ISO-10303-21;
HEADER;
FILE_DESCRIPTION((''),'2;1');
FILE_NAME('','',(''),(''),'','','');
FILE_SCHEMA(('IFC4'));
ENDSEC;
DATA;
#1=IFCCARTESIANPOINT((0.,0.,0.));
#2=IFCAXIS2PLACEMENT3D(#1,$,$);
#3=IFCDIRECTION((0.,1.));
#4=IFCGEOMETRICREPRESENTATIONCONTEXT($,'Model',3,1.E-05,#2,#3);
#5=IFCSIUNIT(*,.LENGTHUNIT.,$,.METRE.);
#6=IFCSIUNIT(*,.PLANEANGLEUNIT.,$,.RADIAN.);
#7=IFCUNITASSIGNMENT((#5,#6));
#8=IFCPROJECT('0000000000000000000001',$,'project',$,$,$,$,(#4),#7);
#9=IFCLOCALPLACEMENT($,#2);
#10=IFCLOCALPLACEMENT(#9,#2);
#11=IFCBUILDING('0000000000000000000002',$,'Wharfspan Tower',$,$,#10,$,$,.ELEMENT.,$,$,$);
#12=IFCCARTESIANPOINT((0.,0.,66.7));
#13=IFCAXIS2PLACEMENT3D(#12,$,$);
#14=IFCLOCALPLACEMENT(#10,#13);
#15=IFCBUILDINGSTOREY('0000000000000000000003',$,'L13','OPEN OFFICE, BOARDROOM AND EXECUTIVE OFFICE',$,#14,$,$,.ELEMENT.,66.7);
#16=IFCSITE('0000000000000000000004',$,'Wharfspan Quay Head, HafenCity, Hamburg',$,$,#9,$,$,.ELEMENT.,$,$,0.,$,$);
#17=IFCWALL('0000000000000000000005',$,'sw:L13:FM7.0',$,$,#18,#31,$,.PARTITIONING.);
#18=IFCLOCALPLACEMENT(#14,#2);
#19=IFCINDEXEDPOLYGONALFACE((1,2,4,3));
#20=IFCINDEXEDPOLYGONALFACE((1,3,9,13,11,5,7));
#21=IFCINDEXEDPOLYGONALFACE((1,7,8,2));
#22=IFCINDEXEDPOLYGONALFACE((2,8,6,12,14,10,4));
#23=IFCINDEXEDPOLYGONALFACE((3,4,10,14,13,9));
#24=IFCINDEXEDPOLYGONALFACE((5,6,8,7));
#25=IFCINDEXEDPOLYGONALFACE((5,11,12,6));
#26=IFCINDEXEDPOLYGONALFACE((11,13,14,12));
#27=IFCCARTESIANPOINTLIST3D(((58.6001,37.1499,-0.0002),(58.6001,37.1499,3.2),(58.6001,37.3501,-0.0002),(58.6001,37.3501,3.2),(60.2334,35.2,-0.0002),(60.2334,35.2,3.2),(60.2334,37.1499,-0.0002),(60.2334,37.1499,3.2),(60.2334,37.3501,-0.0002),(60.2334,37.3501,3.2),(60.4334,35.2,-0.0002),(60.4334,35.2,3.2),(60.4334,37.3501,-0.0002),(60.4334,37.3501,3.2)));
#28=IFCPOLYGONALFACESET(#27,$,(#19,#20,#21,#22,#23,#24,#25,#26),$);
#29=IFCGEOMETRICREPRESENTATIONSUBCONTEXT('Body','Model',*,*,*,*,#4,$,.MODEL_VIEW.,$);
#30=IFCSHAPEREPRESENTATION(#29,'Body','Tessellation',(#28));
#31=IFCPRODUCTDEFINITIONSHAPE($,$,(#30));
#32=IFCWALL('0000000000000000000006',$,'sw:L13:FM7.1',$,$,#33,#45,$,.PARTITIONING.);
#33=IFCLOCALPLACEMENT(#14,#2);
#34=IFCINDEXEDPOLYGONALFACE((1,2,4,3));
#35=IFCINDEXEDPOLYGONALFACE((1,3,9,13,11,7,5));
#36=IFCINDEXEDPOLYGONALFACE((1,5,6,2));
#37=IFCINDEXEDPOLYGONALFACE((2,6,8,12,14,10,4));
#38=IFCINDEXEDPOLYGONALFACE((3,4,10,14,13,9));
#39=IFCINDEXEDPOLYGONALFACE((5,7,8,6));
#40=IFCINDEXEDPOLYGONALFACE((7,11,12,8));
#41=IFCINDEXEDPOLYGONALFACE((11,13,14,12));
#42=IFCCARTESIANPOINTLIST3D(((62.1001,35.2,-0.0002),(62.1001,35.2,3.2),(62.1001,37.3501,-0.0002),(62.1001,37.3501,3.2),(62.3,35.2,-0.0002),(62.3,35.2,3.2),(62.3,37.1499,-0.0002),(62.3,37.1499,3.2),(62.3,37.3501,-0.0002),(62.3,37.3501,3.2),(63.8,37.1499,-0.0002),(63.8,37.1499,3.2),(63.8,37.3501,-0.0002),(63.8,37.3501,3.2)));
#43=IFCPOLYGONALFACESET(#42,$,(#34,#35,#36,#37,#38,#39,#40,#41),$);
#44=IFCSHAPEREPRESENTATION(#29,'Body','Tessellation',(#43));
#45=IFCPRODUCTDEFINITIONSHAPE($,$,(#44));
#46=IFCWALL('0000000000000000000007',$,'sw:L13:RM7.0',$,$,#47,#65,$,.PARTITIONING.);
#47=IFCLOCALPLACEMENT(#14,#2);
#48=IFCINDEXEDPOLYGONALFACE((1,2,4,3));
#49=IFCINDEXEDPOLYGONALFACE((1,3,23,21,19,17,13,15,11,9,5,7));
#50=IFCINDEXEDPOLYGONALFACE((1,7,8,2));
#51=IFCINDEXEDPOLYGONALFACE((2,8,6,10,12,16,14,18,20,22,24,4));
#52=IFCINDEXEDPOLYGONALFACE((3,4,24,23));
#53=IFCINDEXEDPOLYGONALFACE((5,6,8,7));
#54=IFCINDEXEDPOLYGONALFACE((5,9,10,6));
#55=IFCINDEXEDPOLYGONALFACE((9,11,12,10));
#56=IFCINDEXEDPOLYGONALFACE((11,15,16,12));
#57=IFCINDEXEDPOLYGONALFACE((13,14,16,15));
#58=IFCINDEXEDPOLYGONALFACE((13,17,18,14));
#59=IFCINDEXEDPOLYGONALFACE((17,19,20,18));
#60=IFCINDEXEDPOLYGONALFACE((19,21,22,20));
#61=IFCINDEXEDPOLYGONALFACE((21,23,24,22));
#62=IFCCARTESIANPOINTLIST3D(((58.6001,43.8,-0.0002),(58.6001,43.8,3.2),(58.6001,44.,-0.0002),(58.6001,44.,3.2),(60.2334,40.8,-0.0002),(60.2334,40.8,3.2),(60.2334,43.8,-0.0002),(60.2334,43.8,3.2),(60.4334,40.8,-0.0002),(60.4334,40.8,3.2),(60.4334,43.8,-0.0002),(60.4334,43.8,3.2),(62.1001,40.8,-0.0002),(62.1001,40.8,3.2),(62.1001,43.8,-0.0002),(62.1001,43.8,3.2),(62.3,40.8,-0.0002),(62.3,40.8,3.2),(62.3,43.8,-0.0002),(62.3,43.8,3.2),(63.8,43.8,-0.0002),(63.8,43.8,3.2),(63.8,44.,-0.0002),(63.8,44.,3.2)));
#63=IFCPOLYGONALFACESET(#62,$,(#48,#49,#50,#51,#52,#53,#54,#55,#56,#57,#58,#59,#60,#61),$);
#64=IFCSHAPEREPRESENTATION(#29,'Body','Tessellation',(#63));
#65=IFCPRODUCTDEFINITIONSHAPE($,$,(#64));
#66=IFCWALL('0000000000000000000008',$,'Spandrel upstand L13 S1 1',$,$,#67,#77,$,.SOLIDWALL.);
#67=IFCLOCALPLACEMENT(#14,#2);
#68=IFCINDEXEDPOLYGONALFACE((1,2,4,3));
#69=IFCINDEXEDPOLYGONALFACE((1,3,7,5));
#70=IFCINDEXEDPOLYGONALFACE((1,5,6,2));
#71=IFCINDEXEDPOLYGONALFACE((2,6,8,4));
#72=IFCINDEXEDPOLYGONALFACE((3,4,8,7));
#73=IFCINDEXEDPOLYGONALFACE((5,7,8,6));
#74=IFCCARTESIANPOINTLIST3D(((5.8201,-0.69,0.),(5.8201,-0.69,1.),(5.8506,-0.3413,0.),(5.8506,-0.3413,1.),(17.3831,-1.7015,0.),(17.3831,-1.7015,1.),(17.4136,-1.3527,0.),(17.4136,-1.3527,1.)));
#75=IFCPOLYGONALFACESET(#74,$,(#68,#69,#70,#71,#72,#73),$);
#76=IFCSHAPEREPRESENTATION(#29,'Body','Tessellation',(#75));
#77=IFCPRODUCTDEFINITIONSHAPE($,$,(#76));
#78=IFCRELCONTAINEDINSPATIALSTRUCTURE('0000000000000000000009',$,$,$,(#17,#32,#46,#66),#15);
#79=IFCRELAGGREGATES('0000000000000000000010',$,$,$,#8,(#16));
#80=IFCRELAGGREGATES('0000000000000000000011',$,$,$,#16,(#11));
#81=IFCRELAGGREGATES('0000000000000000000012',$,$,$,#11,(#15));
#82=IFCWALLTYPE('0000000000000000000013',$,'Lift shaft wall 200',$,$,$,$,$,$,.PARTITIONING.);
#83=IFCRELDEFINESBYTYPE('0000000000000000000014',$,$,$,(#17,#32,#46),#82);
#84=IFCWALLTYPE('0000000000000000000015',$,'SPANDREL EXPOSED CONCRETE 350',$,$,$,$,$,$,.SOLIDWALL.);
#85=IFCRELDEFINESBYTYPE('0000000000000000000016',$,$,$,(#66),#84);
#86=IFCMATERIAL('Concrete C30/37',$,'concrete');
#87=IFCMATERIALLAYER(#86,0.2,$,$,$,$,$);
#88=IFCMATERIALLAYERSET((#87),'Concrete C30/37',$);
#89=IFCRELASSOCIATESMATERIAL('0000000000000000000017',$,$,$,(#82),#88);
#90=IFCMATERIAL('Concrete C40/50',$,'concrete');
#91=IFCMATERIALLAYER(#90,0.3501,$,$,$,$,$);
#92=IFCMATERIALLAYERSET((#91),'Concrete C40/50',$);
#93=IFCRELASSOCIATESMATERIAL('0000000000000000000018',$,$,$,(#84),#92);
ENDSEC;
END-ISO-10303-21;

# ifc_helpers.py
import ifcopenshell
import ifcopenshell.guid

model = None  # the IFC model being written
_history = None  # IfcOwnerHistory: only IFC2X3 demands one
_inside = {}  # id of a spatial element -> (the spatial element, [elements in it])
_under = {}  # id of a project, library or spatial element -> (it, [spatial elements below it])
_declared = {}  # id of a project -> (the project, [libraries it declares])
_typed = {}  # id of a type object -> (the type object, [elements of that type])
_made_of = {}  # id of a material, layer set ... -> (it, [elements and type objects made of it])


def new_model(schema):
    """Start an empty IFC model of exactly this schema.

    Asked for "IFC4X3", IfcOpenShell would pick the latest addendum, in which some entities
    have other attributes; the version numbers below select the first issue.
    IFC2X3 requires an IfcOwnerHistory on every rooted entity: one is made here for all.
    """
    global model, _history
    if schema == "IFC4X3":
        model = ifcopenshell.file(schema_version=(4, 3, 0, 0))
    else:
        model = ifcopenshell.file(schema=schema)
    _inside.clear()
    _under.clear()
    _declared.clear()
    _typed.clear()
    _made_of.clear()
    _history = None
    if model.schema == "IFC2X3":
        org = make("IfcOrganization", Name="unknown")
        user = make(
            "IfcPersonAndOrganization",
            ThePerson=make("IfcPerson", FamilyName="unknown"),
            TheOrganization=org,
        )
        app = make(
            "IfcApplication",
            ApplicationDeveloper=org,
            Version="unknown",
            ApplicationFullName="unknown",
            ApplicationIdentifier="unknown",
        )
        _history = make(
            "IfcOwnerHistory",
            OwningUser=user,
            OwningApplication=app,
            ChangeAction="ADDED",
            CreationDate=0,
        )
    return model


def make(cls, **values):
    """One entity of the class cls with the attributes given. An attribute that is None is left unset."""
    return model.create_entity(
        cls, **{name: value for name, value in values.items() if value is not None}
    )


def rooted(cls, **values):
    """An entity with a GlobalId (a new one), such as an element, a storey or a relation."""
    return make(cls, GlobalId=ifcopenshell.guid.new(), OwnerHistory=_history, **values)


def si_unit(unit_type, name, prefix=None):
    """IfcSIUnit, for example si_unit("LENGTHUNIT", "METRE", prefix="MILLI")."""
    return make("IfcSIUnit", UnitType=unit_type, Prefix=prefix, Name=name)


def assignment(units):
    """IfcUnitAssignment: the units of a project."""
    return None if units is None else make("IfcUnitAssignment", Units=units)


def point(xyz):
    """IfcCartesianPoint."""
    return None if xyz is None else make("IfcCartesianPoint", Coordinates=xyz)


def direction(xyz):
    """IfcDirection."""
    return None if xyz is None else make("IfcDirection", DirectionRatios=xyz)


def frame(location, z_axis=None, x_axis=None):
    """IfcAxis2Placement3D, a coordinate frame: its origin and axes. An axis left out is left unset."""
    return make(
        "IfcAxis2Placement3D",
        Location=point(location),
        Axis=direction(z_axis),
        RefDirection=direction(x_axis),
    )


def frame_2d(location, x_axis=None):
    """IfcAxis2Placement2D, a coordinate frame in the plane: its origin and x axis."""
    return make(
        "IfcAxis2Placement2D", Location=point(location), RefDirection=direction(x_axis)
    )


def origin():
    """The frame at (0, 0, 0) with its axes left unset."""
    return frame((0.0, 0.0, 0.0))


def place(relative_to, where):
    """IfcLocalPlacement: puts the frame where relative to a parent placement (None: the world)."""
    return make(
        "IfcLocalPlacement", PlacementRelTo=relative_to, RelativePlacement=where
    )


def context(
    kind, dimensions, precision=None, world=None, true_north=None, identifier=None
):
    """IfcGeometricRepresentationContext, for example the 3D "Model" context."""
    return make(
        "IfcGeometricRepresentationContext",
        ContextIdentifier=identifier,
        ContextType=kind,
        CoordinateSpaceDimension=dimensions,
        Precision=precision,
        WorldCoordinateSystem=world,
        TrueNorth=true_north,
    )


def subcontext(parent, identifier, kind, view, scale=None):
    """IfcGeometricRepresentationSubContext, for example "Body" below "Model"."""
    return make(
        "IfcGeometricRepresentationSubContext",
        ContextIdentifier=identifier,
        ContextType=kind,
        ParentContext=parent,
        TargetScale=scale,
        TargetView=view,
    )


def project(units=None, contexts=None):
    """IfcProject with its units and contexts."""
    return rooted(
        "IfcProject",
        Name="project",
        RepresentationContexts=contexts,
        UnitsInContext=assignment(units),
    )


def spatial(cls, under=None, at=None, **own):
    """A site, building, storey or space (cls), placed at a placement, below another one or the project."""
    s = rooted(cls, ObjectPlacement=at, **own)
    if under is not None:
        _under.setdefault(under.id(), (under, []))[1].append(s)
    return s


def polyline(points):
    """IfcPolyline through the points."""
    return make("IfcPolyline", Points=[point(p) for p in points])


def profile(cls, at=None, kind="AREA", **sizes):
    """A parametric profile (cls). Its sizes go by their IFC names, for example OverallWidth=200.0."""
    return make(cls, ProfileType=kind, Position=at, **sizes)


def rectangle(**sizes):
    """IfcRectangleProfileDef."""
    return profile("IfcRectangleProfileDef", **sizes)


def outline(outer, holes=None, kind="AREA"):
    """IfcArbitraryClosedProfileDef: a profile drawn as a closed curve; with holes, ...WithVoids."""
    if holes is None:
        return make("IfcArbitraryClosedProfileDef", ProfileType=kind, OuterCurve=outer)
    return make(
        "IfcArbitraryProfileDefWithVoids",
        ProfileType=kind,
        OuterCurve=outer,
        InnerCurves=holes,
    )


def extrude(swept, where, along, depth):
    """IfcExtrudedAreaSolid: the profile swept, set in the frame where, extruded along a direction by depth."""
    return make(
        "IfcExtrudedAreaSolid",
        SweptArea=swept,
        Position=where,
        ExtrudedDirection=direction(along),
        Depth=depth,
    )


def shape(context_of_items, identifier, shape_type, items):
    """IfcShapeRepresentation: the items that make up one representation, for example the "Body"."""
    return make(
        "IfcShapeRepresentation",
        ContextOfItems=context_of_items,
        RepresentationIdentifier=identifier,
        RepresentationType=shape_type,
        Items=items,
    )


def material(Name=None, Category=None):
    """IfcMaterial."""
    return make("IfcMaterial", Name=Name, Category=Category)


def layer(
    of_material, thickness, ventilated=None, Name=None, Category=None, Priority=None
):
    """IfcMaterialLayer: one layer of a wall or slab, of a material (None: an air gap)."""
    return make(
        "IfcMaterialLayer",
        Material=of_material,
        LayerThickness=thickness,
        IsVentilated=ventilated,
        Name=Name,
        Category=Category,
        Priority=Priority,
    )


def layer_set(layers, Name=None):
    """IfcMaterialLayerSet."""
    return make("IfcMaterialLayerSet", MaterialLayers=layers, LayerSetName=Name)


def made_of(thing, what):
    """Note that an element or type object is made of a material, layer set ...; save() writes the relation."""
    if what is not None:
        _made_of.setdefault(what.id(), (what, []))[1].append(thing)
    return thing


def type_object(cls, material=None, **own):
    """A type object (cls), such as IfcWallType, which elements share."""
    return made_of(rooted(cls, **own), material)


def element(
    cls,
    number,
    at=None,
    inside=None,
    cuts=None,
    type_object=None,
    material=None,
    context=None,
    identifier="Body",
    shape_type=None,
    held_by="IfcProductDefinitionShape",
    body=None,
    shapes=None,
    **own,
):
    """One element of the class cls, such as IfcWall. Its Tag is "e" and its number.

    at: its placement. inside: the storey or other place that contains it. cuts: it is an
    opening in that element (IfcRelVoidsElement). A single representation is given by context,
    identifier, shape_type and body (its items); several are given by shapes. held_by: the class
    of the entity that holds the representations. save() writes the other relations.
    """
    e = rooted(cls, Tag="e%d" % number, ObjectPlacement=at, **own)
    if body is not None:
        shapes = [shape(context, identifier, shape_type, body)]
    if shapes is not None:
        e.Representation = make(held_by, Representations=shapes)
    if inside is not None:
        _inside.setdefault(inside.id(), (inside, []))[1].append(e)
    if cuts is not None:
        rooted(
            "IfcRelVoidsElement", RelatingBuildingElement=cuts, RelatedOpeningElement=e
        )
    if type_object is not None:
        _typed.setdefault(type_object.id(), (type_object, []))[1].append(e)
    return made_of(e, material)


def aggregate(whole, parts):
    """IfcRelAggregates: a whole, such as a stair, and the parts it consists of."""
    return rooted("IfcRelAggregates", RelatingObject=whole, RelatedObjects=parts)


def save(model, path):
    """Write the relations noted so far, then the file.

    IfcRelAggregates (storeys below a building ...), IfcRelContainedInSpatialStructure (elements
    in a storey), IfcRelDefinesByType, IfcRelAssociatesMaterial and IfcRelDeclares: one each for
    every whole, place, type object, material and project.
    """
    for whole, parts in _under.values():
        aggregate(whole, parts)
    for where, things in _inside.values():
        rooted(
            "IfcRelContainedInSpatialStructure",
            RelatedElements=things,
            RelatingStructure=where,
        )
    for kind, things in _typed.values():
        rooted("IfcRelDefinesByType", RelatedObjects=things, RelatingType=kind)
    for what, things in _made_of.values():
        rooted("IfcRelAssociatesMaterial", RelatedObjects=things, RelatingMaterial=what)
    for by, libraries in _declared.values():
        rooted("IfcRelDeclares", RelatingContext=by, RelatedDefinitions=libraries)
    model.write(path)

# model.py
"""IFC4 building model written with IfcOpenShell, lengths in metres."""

from ifc_helpers import new_model, si_unit, direction, frame, frame_2d, origin, place, context, subcontext, project, spatial, polyline, rectangle, outline, extrude, material, layer, layer_set, type_object, element, save


model = new_model("IFC4")

# Units and contexts
model_context = context("Model", 3, precision=1e-05, world=origin(), true_north=direction((0.0, 1.0)))
body_context = subcontext(model_context, "Body", "Model", "MODEL_VIEW")
ifc_project = project(units=[si_unit("LENGTHUNIT", "METRE"), si_unit("PLANEANGLEUNIT", "RADIAN")], contexts=[model_context])

# Site, building, storey
site_placement = place(None, origin())
site = spatial("IfcSite", under=ifc_project, at=site_placement, Name="Wharfspan Quay Head, HafenCity, Hamburg", CompositionType="ELEMENT", RefElevation=0.0)
building_placement = place(site_placement, origin())
building = spatial("IfcBuilding", under=site, at=building_placement, Name="Wharfspan Tower", CompositionType="ELEMENT")
storey_placement = place(building_placement, frame((0.0, 0.0, 66.7)))
storey = spatial("IfcBuildingStorey", under=building, at=storey_placement, Name="L13", Description="OPEN OFFICE, BOARDROOM AND EXECUTIVE OFFICE", CompositionType="ELEMENT", Elevation=66.7)

# Shared definitions
ifc_material_1 = material(Name="Concrete C40/50", Category="concrete")

# Walls
ifc_material_2 = material(Name="Concrete C30/37", Category="concrete")
ifc_layer_1 = layer(ifc_material_2, 0.2)
ifc_layer_set_1 = layer_set([ifc_layer_1], Name="Concrete C30/37")
wall_type_1 = type_object("IfcWallType", Name="Lift shaft wall 200", PredefinedType="PARTITIONING", material=ifc_layer_set_1)
wall_1_placement = place(storey_placement, frame((0.0, 0.0, -0.0002)))
element("IfcWall", 1, at=wall_1_placement, inside=storey, type_object=wall_type_1, Name="sw:L13:FM7.0", PredefinedType="PARTITIONING", context=body_context, shape_type="SweptSolid", body=[
    extrude(outline(polyline([(60.2334, 37.1499), (58.6001, 37.1499), (58.6001, 37.3501), (60.2334, 37.3501), (60.4333, 37.3501), (60.4333, 35.2), (60.2334, 35.2), (60.2334, 37.1499)])), origin(), (0.0, 0.0, 1.0), 3.2002),
])
wall_2_placement = place(storey_placement, frame((0.0, 0.0, -0.0002)))
element("IfcWall", 2, at=wall_2_placement, inside=storey, type_object=wall_type_1, Name="sw:L13:FM7.1", PredefinedType="PARTITIONING", context=body_context, shape_type="SweptSolid", body=[
    extrude(outline(polyline([(62.1001, 37.3501), (62.3, 37.3501), (63.8, 37.3501), (63.8, 37.1499), (62.3, 37.1499), (62.3, 35.2), (62.1001, 35.2), (62.1001, 37.3501)])), origin(), (0.0, 0.0, 1.0), 3.2002),
])
wall_3_placement = place(storey_placement, frame((0.0, 0.0, -0.0002)))
element("IfcWall", 3, at=wall_3_placement, inside=storey, type_object=wall_type_1, Name="sw:L13:RM7.0", PredefinedType="PARTITIONING", context=body_context, shape_type="SweptSolid", body=[
    extrude(outline(polyline([(60.4333, 40.8), (60.2334, 40.8), (60.2334, 43.8), (58.6001, 43.8), (58.6001, 44.0), (63.8, 44.0), (63.8, 43.8), (62.3, 43.8), (62.3, 40.8), (62.1001, 40.8), (62.1001, 43.8), (60.4333, 43.8), (60.4333, 40.8)])), origin(), (0.0, 0.0, 1.0), 3.2002),
])
ifc_layer_2 = layer(ifc_material_1, 0.3501)
ifc_layer_set_2 = layer_set([ifc_layer_2], Name="Concrete C40/50")
wall_type_2 = type_object("IfcWallType", Name="SPANDREL EXPOSED CONCRETE 350", PredefinedType="SOLIDWALL", material=ifc_layer_set_2)
wall_4_placement = place(storey_placement, frame((5.8352, -0.5156, 0.0), z_axis=(0.0, 0.0, 1.0), x_axis=(0.996192, -0.087142, 0.0)))
element("IfcWall", 4, at=wall_4_placement, inside=storey, type_object=wall_type_2, Name="Spandrel upstand L13 S1 1", PredefinedType="SOLIDWALL", context=body_context, shape_type="SweptSolid", body=[
    extrude(rectangle(XDim=11.6072, YDim=0.3501, at=frame_2d((5.8037, 0.0))), origin(), (0.0, 0.0, 1.0), 1.0),
])

save(model, "model.ifc")
